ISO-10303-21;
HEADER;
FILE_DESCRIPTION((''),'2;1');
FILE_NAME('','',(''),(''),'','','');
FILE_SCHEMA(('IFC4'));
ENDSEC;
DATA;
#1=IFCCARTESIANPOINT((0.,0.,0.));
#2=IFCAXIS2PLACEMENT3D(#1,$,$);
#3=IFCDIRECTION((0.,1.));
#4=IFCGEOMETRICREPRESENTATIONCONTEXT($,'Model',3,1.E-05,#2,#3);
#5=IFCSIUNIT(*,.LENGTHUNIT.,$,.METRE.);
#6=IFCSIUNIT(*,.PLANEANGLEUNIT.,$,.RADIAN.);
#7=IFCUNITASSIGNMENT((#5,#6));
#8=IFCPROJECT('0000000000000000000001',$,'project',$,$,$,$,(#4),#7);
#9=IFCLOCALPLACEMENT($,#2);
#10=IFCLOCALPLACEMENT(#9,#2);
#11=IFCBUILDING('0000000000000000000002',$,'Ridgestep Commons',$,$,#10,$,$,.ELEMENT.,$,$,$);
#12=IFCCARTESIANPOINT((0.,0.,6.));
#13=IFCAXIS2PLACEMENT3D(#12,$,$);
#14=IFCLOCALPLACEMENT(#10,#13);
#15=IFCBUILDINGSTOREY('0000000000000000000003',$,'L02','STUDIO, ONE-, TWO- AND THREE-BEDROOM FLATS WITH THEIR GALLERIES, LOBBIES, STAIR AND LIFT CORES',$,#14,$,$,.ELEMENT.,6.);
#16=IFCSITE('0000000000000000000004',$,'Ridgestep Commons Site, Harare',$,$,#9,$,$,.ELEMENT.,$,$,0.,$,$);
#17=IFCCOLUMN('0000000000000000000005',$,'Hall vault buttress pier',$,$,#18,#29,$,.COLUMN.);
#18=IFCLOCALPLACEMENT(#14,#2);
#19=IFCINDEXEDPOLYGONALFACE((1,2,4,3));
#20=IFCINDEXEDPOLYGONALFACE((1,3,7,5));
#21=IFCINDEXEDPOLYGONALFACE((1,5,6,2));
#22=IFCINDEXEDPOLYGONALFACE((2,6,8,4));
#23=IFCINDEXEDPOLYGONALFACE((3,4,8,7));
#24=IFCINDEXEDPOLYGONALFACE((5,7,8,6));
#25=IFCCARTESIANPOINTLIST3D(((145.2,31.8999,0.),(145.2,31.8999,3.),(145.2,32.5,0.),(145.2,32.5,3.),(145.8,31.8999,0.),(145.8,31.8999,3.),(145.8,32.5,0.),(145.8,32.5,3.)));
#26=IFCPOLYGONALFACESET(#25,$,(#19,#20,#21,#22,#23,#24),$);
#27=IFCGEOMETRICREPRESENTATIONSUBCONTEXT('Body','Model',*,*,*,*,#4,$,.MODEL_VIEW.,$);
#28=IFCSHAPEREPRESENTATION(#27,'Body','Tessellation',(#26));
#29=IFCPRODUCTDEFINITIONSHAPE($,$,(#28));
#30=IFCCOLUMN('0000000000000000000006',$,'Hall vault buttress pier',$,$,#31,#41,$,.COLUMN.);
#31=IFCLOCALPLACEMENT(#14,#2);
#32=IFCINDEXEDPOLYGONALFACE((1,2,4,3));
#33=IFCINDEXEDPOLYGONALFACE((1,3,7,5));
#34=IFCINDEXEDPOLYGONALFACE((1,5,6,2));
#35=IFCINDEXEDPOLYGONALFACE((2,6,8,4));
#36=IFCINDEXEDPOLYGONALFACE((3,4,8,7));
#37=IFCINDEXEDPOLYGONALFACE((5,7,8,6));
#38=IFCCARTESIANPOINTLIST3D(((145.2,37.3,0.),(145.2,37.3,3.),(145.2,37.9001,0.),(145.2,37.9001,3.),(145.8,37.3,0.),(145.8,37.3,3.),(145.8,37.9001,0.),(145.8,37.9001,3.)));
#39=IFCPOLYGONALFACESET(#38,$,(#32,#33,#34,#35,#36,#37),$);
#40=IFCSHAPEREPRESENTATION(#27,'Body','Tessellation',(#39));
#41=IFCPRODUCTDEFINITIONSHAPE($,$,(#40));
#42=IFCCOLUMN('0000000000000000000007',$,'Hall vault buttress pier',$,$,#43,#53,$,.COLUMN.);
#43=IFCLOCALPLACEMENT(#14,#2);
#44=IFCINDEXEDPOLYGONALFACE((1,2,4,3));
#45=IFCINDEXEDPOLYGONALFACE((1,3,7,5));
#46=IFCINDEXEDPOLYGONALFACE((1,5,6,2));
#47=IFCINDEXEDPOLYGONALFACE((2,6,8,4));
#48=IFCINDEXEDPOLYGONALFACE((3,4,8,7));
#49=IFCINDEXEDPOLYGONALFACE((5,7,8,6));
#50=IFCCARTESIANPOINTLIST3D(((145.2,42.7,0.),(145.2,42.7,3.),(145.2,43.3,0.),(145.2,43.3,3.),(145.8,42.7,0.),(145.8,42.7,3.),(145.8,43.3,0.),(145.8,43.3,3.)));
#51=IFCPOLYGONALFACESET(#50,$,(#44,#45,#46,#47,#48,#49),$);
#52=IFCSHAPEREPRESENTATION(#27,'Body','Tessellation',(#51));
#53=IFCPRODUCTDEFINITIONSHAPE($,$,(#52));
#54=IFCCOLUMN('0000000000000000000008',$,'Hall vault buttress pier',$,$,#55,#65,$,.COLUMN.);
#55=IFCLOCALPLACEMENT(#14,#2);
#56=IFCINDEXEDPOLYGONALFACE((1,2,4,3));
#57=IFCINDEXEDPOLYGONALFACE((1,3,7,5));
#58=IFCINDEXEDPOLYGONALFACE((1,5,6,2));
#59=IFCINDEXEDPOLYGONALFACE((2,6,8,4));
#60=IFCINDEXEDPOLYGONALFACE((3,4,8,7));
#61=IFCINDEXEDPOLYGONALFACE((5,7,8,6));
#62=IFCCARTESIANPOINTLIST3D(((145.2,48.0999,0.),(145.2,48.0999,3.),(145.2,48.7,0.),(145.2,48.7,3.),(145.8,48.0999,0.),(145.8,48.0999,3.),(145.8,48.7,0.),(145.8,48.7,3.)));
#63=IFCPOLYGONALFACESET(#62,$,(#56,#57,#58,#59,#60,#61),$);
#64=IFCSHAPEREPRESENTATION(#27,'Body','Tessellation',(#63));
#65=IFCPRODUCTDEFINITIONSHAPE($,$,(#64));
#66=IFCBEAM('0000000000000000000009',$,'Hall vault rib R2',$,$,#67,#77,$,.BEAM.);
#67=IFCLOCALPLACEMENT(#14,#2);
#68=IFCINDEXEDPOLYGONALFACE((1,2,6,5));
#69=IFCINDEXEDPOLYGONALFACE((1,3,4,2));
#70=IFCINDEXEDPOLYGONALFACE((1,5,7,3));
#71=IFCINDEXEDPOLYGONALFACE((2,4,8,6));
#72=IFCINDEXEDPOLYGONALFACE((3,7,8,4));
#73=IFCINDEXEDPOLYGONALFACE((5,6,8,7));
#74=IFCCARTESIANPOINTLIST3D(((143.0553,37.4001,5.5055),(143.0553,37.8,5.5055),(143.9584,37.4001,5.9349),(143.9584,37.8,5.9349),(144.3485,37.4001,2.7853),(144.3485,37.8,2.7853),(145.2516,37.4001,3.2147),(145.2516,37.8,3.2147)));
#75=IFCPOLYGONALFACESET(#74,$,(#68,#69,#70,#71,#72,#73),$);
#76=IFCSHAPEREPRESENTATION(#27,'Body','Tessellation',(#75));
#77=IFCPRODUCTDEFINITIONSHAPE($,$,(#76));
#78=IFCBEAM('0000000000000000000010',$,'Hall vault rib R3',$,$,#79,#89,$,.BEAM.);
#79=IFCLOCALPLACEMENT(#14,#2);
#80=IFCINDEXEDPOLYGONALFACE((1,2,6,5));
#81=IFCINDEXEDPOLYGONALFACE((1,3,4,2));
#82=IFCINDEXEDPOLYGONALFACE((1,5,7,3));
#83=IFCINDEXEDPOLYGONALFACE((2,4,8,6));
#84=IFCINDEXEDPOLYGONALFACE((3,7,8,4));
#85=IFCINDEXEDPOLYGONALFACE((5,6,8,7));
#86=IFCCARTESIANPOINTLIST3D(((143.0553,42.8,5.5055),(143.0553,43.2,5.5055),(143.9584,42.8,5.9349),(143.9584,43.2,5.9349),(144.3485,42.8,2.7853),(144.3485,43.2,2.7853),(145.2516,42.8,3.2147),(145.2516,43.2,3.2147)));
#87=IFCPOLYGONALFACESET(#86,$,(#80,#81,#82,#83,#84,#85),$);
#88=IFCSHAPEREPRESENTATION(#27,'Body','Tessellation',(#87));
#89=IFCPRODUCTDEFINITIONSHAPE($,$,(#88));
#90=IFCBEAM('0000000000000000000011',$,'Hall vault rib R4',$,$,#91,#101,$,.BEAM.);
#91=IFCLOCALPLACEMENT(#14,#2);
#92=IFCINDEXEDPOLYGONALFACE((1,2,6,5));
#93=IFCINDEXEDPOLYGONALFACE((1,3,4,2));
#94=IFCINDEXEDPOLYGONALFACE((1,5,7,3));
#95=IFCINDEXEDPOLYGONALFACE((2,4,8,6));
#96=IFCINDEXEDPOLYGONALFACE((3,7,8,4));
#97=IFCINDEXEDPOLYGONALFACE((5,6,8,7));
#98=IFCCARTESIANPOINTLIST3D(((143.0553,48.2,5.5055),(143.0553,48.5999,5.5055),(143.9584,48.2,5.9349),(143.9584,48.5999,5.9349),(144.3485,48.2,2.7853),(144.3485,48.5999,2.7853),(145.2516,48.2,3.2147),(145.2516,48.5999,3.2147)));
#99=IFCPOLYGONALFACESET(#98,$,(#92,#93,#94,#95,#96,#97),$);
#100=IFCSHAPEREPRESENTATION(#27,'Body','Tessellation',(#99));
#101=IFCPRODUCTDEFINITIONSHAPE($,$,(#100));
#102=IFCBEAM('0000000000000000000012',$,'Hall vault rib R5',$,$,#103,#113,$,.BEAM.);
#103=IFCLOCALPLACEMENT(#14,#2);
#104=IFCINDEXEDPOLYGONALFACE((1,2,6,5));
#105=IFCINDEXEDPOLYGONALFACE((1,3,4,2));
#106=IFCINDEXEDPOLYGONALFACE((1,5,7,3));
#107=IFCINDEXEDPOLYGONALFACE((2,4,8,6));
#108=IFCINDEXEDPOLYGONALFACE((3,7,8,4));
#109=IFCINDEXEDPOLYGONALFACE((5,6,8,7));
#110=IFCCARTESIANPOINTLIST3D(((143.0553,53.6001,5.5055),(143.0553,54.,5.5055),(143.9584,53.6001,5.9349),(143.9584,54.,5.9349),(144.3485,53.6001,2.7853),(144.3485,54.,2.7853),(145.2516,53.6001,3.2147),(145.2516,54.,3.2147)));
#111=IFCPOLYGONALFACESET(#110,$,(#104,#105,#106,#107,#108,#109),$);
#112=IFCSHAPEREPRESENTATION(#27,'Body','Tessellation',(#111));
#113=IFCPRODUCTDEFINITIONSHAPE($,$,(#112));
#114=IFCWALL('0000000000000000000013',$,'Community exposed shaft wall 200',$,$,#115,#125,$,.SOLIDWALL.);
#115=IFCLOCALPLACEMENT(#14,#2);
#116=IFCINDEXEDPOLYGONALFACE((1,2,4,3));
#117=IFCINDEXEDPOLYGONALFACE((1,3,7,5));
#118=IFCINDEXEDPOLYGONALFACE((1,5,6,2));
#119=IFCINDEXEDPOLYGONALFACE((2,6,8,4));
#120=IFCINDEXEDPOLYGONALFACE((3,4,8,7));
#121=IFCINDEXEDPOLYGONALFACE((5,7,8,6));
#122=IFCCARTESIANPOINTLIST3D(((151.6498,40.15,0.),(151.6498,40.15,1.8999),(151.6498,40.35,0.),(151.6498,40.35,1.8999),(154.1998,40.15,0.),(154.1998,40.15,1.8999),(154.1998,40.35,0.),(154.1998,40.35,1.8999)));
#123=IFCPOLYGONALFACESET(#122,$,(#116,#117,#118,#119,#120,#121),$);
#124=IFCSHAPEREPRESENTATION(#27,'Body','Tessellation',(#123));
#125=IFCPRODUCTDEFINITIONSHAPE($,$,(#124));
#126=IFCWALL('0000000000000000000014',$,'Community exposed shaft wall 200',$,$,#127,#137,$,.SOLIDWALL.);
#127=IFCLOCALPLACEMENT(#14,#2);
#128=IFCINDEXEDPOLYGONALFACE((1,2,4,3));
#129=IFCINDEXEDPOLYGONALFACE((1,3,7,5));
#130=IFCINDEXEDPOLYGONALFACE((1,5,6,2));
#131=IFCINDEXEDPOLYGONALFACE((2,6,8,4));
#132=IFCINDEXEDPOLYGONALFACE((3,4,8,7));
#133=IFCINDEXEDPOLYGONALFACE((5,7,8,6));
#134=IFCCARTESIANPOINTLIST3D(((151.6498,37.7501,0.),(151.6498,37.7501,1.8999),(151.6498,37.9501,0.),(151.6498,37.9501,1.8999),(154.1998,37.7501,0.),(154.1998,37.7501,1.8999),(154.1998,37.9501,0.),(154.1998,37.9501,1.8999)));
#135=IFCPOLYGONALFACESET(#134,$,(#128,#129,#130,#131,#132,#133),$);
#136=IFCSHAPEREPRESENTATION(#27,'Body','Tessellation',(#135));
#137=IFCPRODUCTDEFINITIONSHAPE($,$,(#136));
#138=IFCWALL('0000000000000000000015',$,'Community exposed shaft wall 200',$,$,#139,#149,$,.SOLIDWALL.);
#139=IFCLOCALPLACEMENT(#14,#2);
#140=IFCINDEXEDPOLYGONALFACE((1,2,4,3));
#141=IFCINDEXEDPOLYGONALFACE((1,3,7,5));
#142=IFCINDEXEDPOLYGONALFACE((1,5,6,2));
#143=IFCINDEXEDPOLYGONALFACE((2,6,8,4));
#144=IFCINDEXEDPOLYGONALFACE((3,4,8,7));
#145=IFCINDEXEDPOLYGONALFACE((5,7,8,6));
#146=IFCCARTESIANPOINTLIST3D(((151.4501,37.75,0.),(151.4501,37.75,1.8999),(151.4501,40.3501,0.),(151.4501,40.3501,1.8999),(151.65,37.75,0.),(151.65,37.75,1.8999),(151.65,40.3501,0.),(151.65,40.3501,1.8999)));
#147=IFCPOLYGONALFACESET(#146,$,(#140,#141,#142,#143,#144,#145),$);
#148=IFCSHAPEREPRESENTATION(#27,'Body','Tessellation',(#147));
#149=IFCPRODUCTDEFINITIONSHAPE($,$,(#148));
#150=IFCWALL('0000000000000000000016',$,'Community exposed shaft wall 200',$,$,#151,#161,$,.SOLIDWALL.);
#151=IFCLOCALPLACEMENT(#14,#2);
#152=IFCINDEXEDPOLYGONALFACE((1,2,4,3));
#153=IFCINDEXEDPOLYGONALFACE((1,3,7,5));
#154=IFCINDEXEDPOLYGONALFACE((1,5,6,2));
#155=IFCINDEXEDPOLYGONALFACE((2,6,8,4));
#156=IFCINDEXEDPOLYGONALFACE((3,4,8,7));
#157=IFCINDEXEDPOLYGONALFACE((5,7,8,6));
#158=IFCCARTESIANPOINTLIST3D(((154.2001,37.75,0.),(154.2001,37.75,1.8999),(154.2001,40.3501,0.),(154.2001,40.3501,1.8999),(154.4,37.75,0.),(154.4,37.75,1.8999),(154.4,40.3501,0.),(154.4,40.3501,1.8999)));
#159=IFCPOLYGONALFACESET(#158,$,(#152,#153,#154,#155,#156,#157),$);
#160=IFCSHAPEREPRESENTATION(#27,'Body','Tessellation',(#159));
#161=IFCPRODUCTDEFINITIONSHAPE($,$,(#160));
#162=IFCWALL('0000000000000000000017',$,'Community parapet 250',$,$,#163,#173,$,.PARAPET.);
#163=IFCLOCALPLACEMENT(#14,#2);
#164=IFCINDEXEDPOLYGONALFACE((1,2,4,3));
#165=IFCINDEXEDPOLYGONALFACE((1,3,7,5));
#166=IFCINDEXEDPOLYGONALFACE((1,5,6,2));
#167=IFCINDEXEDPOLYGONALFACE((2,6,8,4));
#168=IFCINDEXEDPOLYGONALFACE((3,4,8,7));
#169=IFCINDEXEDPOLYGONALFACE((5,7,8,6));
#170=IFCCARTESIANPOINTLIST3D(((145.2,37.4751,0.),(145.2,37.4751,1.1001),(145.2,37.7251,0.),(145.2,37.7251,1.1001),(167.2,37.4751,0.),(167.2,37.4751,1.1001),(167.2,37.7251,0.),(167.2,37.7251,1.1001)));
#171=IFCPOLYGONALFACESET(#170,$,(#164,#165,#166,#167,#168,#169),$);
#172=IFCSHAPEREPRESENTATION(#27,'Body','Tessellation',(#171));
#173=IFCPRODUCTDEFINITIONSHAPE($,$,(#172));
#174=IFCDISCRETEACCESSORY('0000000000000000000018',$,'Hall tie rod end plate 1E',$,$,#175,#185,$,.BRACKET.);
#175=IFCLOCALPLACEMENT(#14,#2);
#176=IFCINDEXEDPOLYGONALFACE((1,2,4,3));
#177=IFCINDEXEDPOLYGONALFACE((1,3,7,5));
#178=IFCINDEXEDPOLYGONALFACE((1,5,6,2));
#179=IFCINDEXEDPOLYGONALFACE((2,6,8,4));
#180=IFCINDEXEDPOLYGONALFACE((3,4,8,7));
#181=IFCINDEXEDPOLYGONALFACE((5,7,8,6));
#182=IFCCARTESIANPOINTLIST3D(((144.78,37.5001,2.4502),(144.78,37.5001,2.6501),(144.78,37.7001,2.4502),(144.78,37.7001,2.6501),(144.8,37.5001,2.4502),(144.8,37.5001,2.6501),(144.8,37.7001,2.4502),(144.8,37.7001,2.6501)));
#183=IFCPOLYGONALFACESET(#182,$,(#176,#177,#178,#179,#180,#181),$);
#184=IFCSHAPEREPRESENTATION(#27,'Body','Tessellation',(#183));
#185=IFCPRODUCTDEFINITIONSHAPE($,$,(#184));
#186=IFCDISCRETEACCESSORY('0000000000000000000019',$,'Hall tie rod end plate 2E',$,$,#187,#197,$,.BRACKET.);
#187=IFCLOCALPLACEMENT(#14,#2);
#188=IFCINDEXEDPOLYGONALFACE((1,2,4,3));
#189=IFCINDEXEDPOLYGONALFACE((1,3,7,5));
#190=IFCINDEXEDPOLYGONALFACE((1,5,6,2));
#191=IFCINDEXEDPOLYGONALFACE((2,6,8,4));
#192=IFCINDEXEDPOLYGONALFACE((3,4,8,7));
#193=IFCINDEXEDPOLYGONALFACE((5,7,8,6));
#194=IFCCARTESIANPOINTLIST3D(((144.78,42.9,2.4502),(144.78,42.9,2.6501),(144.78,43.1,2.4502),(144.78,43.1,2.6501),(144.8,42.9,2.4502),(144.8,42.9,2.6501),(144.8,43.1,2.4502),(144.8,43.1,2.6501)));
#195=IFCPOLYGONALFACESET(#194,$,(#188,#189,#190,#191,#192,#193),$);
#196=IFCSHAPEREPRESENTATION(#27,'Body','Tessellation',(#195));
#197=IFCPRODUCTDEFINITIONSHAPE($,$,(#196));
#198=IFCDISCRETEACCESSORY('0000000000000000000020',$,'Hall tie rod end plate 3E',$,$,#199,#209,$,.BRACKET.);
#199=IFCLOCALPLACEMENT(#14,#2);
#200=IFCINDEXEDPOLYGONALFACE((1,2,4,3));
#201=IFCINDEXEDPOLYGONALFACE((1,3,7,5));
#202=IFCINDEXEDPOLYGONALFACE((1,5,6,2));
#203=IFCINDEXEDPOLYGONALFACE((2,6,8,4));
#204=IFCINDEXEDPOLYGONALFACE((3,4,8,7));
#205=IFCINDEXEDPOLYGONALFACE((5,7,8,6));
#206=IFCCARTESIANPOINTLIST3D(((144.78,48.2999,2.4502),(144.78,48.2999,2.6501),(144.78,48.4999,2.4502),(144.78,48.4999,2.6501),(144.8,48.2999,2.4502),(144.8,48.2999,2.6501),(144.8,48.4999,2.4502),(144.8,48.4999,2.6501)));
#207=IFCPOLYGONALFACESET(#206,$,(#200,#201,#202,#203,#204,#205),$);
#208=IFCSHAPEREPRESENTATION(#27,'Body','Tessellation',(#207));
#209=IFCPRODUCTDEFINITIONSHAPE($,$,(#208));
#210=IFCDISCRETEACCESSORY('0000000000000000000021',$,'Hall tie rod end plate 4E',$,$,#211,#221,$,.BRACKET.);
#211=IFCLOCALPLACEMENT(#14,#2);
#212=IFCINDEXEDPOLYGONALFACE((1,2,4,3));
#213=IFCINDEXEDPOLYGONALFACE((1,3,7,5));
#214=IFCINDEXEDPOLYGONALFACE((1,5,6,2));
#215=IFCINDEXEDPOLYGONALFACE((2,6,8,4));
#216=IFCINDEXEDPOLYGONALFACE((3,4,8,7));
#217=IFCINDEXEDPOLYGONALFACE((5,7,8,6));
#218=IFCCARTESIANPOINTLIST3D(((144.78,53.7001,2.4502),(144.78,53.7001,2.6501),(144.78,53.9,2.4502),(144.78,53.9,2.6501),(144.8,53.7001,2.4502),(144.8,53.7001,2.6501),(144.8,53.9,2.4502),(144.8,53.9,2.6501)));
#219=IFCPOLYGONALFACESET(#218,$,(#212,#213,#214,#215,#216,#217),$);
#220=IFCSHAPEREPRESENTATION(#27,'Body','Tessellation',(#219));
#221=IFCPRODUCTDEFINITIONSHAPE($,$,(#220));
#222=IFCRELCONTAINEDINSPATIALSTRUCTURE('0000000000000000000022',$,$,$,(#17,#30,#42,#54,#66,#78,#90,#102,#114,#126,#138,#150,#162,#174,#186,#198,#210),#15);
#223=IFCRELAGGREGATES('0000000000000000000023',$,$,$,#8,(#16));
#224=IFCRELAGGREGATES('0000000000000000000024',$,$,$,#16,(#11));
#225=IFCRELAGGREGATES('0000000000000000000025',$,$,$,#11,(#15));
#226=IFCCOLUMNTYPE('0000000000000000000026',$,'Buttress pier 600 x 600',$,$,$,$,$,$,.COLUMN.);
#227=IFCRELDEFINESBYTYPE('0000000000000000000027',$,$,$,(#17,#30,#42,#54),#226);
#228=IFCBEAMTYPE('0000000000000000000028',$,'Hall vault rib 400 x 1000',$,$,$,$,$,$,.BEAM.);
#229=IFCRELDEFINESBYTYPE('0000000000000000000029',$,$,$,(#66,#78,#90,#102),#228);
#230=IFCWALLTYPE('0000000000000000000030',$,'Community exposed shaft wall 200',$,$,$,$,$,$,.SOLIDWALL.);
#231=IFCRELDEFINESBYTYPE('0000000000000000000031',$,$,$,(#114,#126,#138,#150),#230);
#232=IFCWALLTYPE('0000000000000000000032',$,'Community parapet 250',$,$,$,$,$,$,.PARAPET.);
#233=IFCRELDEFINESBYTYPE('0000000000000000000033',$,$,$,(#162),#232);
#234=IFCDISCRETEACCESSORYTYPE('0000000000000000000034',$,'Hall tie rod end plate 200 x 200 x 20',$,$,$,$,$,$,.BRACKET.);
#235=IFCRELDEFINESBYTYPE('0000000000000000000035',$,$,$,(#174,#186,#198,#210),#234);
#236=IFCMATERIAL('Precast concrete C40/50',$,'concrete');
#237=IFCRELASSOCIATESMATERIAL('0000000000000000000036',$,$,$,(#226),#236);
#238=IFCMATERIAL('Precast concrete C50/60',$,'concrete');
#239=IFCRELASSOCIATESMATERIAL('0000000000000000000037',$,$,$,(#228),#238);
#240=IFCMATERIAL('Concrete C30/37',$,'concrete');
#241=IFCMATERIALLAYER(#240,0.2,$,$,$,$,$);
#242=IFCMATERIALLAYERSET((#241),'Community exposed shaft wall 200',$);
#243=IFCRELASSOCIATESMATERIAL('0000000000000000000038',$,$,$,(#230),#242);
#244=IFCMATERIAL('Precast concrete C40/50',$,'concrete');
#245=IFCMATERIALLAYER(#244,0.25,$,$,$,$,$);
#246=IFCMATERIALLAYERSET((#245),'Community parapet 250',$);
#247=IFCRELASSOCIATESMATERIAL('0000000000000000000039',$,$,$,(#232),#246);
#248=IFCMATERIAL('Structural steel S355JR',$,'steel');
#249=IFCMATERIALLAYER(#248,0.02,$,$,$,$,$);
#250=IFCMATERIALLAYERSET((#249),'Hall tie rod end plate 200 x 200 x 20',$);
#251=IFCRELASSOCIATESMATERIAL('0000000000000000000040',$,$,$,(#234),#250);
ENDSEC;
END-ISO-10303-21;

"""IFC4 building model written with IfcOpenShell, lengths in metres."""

from ifc_helpers import new_model, si_unit, direction, frame, frame_2d, origin, origin_2d, place, context, subcontext, project, spatial, rectangle, extrude, material, layer, layer_set, material_profile, profile_set, type_object, element, save


model = new_model("IFC4")

# Units and contexts
model_context = context("Model", 3, precision=1e-05, world=origin(), true_north=direction((0.0, 1.0)))
body_context = subcontext(model_context, "Body", "Model", "MODEL_VIEW")
ifc_project = project(units=[si_unit("LENGTHUNIT", "METRE"), si_unit("PLANEANGLEUNIT", "RADIAN")], contexts=[model_context])

# Site, building, storey
site_placement = place(None, origin())
site = spatial("IfcSite", under=ifc_project, at=site_placement, Name="Ridgestep Commons Site, Harare", CompositionType="ELEMENT", RefElevation=0.0)
building_placement = place(site_placement, origin())
building = spatial("IfcBuilding", under=site, at=building_placement, Name="Ridgestep Commons", CompositionType="ELEMENT")
storey_placement = place(building_placement, frame((0.0, 0.0, 6.0)))
storey = spatial("IfcBuildingStorey", under=building, at=storey_placement, Name="L02", Description="STUDIO, ONE-, TWO- AND THREE-BEDROOM FLATS WITH THEIR GALLERIES, LOBBIES, STAIR AND LIFT CORES", CompositionType="ELEMENT", Elevation=6.0)

# Columns
ifc_material_1 = material(Name="Precast concrete C40/50", Category="concrete")
ifc_material_profile_1 = material_profile(ifc_material_1, rectangle(XDim=0.6001, YDim=0.6001, at=origin_2d()), Name="Buttress pier 600 x 600")
ifc_profile_set_1 = profile_set([ifc_material_profile_1], Name="Precast concrete C40/50")
column_type = type_object("IfcColumnType", Name="Buttress pier 600 x 600", PredefinedType="COLUMN", material=ifc_profile_set_1)
for number, where, z_axis, x_axis, name in (
    (1, (145.5, 32.2, 0.0), (0.0, 0.0, 1.0), (1.0, 0.0, 0.0), "Hall vault buttress pier"),
    (2, (145.5, 37.6001, 0.0), (0.0, 0.0, 1.0), (1.0, 0.0, 0.0), "Hall vault buttress pier"),
    (3, (145.5, 43.0, 0.0), (0.0, 0.0, 1.0), (1.0, 0.0, 0.0), "Hall vault buttress pier"),
    (4, (145.5, 48.3999, 0.0), (0.0, 0.0, 1.0), (1.0, 0.0, 0.0), "Hall vault buttress pier"),
):
    element("IfcColumn", number, at=place(storey_placement, frame(where, z_axis=z_axis, x_axis=x_axis)), inside=storey, type_object=column_type, Name=name, PredefinedType="COLUMN", context=body_context, shape_type="SweptSolid", body=[
        extrude(rectangle(XDim=0.6001, YDim=0.6001, at=origin_2d()), origin(), (0.0, 0.0, 1.0), 3.0),
    ])

# Beams
ifc_material_2 = material(Name="Precast concrete C50/60", Category="concrete")
ifc_material_profile_2 = material_profile(ifc_material_2, rectangle(XDim=0.3999, YDim=1.0, at=origin_2d()), Name="Hall vault rib 400 x 1000")
ifc_profile_set_2 = profile_set([ifc_material_profile_2], Name="Precast concrete C50/60")
beam_type = type_object("IfcBeamType", Name="Hall vault rib 400 x 1000", PredefinedType="BEAM", material=ifc_profile_set_2)
for number, where, z_axis, x_axis, name in (
    (5, (143.5068, 37.6001, 5.7202), (0.429358, 0.0, -0.903135), (0.0, 1.0, 0.0), "Hall vault rib R2"),
    (6, (143.5068, 43.0, 5.7202), (0.429358, 0.0, -0.903135), (0.0, 1.0, 0.0), "Hall vault rib R3"),
    (7, (143.5068, 48.3999, 5.7202), (0.429358, 0.0, -0.903135), (0.0, 1.0, 0.0), "Hall vault rib R4"),
    (8, (143.5068, 53.8, 5.7202), (0.429358, 0.0, -0.903135), (0.0, 1.0, 0.0), "Hall vault rib R5"),
):
    element("IfcBeam", number, at=place(storey_placement, frame(where, z_axis=z_axis, x_axis=x_axis)), inside=storey, type_object=beam_type, Name=name, PredefinedType="BEAM", context=body_context, shape_type="SweptSolid", body=[
        extrude(rectangle(XDim=0.3999, YDim=1.0, at=origin_2d()), origin(), (0.0, 0.0, 1.0), 3.012),
    ])

# Walls
ifc_material_3 = material(Name="Concrete C30/37", Category="concrete")
ifc_layer_1 = layer(ifc_material_3, 0.2)
ifc_layer_set_1 = layer_set([ifc_layer_1], Name="Community exposed shaft wall 200")
wall_type_1 = type_object("IfcWallType", Name="Community exposed shaft wall 200", PredefinedType="SOLIDWALL", material=ifc_layer_set_1)
for number, where, z_axis, x_axis, name in (
    (9, (151.6499, 40.25, 0.0), (0.0, 0.0, 1.0), (1.0, 0.0, 0.0), "Community exposed shaft wall 200"),
    (10, (151.6499, 37.8501, 0.0), (0.0, 0.0, 1.0), (1.0, 0.0, 0.0), "Community exposed shaft wall 200"),
):
    element("IfcWall", number, at=place(storey_placement, frame(where, z_axis=z_axis, x_axis=x_axis)), inside=storey, type_object=wall_type_1, Name=name, PredefinedType="SOLIDWALL", context=body_context, shape_type="SweptSolid", body=[
        extrude(rectangle(XDim=2.55, YDim=0.2, at=frame_2d((1.2749, 0.0))), origin(), (0.0, 0.0, 1.0), 1.8999),
    ])
for number, where, z_axis, x_axis, name in (
    (11, (151.55, 37.75, 0.0), (0.0, 0.0, 1.0), (0.0, 1.0, 0.0), "Community exposed shaft wall 200"),
    (12, (154.3, 37.75, 0.0), (0.0, 0.0, 1.0), (0.0, 1.0, 0.0), "Community exposed shaft wall 200"),
):
    element("IfcWall", number, at=place(storey_placement, frame(where, z_axis=z_axis, x_axis=x_axis)), inside=storey, type_object=wall_type_1, Name=name, PredefinedType="SOLIDWALL", context=body_context, shape_type="SweptSolid", body=[
        extrude(rectangle(XDim=2.6001, YDim=0.2, at=frame_2d((1.3, 0.0))), origin(), (0.0, 0.0, 1.0), 1.8999),
    ])
ifc_material_4 = material(Name="Precast concrete C40/50", Category="concrete")
ifc_layer_2 = layer(ifc_material_4, 0.25)
ifc_layer_set_2 = layer_set([ifc_layer_2], Name="Community parapet 250")
wall_type_2 = type_object("IfcWallType", Name="Community parapet 250", PredefinedType="PARAPET", material=ifc_layer_set_2)
wall_placement = place(storey_placement, frame((145.2, 37.6001, 0.0), z_axis=(0.0, 0.0, 1.0), x_axis=(1.0, 0.0, 0.0)))
element("IfcWall", 13, at=wall_placement, inside=storey, type_object=wall_type_2, Name="Community parapet 250", PredefinedType="PARAPET", context=body_context, shape_type="SweptSolid", body=[
    extrude(rectangle(XDim=22.0, YDim=0.25, at=frame_2d((11.0, 0.0))), origin(), (0.0, 0.0, 1.0), 1.1001),
])

# Discrete accessories
ifc_material_5 = material(Name="Structural steel S355JR", Category="steel")
ifc_layer_3 = layer(ifc_material_5, 0.02)
ifc_layer_set_3 = layer_set([ifc_layer_3], Name="Hall tie rod end plate 200 x 200 x 20")
discrete_accessory_type = type_object("IfcDiscreteAccessoryType", Name="Hall tie rod end plate 200 x 200 x 20", PredefinedType="BRACKET", material=ifc_layer_set_3)
for number, where, z_axis, x_axis, name in (
    (14, (144.79, 37.6001, 2.4502), (0.0, 0.0, 1.0), (1.0, 0.0, 0.0), "Hall tie rod end plate 1E"),
    (15, (144.79, 43.0, 2.4502), (0.0, 0.0, 1.0), (1.0, 0.0, 0.0), "Hall tie rod end plate 2E"),
    (16, (144.79, 48.3999, 2.4502), (0.0, 0.0, 1.0), (1.0, 0.0, 0.0), "Hall tie rod end plate 3E"),
    (17, (144.79, 53.8, 2.4502), (0.0, 0.0, 1.0), (1.0, 0.0, 0.0), "Hall tie rod end plate 4E"),
):
    element("IfcDiscreteAccessory", number, at=place(storey_placement, frame(where, z_axis=z_axis, x_axis=x_axis)), inside=storey, type_object=discrete_accessory_type, Name=name, PredefinedType="BRACKET", context=body_context, shape_type="SweptSolid", body=[
        extrude(rectangle(XDim=0.02, YDim=0.2, at=origin_2d()), origin(), (0.0, 0.0, 1.0), 0.2),
    ])

save(model, "model.ifc")
